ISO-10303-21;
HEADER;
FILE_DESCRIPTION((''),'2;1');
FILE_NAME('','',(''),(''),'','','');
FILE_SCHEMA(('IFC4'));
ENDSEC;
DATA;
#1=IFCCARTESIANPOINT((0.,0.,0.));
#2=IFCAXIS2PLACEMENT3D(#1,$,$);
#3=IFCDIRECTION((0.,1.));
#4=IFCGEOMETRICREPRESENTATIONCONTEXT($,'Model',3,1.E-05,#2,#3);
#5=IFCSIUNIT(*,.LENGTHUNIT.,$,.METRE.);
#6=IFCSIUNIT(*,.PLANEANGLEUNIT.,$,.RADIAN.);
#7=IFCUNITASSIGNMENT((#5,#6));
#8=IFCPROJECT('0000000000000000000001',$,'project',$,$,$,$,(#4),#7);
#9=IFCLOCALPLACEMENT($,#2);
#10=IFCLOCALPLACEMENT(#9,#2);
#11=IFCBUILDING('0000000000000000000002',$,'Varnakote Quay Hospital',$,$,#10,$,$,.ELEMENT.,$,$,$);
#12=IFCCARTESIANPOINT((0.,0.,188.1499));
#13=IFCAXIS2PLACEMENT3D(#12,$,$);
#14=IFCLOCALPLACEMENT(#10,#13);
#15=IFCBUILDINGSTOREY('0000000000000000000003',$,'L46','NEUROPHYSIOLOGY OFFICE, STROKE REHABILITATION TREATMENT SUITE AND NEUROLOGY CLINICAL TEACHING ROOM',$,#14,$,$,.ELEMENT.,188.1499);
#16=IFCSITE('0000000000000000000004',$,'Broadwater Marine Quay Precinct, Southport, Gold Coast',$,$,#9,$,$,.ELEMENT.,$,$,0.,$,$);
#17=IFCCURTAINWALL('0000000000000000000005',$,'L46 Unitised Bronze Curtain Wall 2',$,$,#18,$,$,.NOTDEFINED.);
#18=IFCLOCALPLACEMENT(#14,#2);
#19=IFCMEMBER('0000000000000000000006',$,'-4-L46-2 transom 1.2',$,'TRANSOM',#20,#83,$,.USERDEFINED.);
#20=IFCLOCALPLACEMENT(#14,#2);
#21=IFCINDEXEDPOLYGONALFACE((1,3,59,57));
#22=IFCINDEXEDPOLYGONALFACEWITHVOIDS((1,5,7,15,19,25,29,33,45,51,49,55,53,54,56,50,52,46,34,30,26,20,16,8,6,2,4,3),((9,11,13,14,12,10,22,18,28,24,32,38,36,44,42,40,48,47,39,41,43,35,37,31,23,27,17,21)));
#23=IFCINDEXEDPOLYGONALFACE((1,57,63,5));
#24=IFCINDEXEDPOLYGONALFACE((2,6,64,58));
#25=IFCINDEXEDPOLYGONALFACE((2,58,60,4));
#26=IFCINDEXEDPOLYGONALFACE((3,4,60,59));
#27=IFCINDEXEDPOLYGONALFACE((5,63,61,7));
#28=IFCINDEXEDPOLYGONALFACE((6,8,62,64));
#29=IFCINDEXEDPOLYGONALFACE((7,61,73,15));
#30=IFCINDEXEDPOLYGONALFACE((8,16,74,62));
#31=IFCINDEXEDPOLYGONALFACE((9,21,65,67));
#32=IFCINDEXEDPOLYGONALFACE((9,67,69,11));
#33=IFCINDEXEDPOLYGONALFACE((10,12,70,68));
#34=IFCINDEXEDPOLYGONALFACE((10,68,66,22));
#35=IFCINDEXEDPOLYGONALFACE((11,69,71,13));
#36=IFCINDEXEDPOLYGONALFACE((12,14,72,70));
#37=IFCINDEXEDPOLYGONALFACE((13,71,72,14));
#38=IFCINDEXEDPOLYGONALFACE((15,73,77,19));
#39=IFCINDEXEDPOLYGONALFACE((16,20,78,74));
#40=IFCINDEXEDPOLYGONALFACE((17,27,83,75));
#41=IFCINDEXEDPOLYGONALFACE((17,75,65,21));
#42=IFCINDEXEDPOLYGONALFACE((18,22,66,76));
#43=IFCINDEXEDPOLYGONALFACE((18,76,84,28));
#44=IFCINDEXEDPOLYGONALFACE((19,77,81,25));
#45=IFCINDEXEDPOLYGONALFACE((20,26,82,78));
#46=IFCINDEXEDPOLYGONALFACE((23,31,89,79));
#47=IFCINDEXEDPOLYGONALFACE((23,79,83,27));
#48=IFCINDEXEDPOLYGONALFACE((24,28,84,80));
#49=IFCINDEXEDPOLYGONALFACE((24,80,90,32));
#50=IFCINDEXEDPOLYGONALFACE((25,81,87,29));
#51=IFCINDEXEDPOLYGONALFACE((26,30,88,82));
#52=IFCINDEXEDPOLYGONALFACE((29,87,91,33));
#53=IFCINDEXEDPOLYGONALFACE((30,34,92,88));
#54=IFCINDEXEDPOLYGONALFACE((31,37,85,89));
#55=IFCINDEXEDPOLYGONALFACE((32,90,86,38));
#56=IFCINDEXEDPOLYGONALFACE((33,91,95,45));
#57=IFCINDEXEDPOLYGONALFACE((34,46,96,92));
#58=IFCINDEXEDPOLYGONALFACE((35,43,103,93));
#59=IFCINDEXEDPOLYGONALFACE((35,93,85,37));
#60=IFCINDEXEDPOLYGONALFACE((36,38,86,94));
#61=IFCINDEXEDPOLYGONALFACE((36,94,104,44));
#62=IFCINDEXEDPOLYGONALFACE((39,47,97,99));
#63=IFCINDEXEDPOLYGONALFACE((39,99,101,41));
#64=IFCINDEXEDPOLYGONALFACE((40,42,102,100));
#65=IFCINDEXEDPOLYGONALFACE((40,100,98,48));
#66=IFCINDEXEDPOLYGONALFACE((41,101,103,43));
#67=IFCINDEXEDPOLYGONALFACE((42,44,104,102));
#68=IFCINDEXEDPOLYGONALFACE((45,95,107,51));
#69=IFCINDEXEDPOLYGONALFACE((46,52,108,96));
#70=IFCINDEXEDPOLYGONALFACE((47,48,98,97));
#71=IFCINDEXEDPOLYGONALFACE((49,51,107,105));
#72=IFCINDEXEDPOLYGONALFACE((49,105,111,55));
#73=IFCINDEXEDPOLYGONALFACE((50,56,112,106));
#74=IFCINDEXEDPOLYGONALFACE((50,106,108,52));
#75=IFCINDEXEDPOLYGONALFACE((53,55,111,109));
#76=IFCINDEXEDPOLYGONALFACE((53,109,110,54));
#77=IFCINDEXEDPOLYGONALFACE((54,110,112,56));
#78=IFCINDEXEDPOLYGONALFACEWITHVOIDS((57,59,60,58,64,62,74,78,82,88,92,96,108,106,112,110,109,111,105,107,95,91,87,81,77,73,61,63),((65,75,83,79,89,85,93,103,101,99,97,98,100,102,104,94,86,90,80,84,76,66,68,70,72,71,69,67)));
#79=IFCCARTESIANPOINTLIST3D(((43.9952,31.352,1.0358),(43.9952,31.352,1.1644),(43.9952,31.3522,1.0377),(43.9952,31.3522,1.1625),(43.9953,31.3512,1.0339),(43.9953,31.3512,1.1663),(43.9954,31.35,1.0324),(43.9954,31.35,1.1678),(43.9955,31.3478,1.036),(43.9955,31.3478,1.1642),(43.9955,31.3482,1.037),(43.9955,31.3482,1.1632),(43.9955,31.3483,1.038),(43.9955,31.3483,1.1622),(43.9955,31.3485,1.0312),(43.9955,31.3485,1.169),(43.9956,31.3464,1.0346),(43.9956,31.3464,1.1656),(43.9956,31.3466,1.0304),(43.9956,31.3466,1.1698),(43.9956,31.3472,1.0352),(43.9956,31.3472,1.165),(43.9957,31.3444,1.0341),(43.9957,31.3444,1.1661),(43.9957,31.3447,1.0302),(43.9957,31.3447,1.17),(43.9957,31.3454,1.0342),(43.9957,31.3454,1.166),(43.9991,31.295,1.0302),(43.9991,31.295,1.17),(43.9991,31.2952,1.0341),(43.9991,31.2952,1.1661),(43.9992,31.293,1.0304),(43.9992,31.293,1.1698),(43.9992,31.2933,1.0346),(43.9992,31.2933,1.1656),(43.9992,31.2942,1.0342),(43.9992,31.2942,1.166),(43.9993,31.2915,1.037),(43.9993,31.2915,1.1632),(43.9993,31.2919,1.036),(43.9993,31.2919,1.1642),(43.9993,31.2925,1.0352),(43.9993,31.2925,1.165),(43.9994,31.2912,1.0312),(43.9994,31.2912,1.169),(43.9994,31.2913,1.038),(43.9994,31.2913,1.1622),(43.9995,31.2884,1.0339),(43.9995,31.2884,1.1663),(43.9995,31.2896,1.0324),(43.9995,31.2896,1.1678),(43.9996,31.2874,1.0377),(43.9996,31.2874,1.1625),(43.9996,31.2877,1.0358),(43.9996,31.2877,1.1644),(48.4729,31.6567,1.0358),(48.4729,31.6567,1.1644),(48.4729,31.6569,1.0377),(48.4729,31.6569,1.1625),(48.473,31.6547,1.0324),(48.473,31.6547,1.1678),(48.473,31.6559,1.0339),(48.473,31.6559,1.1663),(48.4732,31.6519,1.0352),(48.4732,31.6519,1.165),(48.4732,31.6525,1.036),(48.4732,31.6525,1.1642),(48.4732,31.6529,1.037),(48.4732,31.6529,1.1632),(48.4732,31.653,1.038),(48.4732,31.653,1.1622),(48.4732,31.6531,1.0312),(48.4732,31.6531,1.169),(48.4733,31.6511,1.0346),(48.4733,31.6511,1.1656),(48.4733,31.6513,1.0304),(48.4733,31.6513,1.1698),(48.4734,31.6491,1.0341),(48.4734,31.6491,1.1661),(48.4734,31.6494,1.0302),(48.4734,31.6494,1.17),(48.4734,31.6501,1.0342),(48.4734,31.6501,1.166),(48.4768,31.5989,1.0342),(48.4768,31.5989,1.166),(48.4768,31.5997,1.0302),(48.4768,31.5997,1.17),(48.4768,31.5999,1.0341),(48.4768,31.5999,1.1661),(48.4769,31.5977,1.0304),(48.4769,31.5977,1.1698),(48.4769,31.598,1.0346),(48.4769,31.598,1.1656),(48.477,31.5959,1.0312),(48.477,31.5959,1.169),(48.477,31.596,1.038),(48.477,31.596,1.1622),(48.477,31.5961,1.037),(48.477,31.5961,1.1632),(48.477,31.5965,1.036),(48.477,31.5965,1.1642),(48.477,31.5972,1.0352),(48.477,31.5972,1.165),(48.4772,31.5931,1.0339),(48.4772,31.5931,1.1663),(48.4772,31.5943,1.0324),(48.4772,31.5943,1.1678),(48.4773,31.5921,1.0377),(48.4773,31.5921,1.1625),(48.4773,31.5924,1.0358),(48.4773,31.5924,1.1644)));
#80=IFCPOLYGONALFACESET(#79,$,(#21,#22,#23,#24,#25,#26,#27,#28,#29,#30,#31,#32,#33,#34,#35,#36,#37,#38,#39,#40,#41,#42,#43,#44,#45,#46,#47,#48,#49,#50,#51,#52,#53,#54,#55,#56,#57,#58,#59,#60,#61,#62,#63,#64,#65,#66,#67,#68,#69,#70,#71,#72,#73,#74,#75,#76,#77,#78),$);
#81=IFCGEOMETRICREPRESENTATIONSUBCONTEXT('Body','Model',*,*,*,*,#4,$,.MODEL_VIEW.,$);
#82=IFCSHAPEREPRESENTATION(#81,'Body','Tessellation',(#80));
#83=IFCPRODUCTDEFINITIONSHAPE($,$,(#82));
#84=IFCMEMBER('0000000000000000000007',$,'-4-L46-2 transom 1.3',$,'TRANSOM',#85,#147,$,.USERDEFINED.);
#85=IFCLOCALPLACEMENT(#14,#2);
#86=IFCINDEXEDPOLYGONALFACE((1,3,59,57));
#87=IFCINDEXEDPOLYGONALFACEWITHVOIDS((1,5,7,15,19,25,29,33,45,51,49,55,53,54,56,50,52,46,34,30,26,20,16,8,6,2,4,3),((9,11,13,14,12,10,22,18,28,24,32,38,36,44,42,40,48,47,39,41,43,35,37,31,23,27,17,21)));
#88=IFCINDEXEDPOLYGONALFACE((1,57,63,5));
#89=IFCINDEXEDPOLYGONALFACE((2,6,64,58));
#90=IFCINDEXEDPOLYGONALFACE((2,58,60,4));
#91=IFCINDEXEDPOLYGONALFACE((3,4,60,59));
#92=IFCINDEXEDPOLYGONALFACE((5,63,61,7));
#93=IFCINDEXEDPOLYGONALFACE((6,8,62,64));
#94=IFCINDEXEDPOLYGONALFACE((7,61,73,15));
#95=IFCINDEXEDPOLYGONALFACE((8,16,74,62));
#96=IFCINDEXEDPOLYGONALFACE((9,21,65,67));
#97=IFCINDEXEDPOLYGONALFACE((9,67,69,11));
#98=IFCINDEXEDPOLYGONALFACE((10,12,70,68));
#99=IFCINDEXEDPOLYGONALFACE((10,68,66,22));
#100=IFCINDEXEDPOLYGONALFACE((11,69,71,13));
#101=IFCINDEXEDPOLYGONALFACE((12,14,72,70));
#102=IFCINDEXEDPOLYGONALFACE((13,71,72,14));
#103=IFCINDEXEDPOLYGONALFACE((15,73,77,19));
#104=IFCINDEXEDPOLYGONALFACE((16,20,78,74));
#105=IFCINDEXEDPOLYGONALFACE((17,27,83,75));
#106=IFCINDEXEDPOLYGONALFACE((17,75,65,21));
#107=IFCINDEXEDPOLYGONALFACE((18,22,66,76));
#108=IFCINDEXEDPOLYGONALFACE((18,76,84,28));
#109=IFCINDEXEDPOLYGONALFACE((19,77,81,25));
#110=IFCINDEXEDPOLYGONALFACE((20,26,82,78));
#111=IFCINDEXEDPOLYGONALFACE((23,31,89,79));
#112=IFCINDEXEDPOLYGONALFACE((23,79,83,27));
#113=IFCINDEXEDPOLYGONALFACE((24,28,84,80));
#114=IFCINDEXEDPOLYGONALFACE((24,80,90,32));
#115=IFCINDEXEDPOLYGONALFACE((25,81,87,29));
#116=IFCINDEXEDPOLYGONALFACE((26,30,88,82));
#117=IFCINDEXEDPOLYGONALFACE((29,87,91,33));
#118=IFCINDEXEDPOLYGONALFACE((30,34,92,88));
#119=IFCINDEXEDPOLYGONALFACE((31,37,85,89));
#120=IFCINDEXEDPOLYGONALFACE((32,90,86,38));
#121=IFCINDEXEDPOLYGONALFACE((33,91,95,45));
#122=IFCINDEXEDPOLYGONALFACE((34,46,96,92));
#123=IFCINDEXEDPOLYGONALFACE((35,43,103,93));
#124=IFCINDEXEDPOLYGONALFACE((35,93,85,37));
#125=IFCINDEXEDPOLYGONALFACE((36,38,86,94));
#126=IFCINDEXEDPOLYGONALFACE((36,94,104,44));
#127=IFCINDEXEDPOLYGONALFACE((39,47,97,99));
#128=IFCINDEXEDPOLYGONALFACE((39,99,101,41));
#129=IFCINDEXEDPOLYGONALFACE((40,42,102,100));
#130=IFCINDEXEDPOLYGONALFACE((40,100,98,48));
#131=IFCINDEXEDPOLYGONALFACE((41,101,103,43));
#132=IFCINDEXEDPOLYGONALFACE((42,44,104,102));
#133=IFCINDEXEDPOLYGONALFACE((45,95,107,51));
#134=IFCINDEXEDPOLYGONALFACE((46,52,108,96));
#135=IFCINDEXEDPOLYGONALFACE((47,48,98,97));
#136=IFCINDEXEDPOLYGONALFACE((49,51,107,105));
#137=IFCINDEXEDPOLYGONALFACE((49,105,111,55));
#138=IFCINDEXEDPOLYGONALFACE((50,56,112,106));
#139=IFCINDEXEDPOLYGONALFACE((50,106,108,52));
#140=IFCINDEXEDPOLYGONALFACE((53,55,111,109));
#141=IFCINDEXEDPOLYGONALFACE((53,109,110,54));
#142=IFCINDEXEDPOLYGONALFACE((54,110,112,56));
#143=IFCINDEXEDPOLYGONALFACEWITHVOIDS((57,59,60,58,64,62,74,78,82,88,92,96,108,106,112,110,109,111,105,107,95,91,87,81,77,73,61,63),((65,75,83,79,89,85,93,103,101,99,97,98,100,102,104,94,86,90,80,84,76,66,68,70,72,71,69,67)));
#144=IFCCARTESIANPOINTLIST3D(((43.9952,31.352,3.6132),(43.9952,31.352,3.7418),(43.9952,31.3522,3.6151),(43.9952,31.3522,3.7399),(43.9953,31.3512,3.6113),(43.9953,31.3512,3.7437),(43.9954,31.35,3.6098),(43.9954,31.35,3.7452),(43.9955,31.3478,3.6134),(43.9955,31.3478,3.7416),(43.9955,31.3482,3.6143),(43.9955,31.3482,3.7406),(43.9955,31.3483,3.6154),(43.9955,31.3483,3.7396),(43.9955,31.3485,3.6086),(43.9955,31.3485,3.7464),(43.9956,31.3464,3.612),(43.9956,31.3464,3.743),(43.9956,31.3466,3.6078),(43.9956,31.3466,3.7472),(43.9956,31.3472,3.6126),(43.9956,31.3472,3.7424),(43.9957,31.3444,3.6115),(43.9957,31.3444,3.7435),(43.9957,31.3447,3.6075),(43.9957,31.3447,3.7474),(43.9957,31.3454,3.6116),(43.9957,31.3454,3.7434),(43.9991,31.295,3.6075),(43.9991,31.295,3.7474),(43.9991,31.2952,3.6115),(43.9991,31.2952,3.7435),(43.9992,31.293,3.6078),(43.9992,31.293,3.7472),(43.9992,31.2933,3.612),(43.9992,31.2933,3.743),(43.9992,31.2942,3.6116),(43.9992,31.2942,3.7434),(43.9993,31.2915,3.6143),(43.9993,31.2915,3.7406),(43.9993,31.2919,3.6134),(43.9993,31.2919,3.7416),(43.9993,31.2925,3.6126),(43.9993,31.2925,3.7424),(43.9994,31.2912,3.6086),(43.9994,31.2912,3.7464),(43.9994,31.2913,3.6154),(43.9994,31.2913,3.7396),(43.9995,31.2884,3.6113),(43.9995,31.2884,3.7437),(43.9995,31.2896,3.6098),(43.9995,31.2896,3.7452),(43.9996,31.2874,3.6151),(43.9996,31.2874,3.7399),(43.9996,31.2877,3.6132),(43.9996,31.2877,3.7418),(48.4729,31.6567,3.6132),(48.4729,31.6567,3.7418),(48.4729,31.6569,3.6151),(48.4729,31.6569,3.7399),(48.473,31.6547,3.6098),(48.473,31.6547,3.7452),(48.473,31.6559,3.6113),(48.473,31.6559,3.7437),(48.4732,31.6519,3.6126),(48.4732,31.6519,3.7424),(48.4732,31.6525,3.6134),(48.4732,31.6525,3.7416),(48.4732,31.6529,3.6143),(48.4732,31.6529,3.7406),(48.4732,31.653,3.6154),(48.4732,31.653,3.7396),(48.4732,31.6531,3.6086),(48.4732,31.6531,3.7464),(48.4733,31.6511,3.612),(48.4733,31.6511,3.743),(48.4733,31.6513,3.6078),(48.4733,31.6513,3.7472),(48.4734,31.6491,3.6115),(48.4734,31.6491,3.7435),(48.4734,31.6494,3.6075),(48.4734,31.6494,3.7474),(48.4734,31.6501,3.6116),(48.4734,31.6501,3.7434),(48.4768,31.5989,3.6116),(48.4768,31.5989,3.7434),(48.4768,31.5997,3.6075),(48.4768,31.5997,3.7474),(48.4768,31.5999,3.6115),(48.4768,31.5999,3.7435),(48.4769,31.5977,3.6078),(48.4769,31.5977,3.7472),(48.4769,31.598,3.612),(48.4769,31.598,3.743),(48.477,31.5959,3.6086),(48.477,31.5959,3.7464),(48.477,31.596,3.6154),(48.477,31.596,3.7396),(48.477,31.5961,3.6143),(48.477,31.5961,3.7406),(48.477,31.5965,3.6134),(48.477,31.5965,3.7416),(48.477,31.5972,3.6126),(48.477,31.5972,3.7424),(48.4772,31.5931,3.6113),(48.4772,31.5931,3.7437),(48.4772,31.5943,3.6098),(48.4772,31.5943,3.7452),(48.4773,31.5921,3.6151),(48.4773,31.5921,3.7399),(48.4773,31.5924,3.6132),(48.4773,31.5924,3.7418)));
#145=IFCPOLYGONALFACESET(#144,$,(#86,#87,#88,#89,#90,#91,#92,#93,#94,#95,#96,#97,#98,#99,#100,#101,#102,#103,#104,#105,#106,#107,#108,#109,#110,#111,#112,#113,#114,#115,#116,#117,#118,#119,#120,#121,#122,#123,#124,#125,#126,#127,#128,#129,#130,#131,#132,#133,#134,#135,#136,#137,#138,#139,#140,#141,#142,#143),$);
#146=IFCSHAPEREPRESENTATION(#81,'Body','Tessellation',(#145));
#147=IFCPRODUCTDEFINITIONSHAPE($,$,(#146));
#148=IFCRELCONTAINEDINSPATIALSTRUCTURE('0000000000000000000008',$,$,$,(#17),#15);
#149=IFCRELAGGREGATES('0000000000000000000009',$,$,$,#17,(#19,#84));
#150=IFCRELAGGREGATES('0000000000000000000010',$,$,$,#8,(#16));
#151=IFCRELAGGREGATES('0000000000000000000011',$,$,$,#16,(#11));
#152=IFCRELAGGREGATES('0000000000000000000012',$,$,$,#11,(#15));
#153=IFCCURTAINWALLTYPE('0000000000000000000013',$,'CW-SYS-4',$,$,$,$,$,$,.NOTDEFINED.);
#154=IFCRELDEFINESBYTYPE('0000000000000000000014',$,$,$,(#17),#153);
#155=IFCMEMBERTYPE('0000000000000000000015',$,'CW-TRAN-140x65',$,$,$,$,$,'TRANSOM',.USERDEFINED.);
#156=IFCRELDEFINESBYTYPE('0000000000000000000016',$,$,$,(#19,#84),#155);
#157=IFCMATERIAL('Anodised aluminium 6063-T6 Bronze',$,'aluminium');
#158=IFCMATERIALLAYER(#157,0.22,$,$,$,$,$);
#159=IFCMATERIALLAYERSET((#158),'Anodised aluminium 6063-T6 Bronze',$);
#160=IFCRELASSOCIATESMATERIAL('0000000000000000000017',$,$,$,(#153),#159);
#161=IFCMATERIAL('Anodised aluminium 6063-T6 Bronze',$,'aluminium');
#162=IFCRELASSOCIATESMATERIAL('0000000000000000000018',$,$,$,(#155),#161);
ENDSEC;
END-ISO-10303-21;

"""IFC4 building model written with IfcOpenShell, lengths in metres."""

from ifc_helpers import new_model, si_unit, direction, frame, origin, origin_2d, place, context, subcontext, project, spatial, hollow_rectangle, extrude, material, layer, layer_set, material_profile, profile_set, type_object, element, aggregate, save


model = new_model("IFC4")

# Units and contexts
model_context = context("Model", 3, precision=1e-05, world=origin(), true_north=direction((0.0, 1.0)))
body_context = subcontext(model_context, "Body", "Model", "MODEL_VIEW")
ifc_project = project(units=[si_unit("LENGTHUNIT", "METRE"), si_unit("PLANEANGLEUNIT", "RADIAN")], contexts=[model_context])

# Site, building, storey
site_placement = place(None, origin())
site = spatial("IfcSite", under=ifc_project, at=site_placement, Name="Broadwater Marine Quay Precinct, Southport, Gold Coast", CompositionType="ELEMENT", RefElevation=0.0)
building_placement = place(site_placement, origin())
building = spatial("IfcBuilding", under=site, at=building_placement, Name="Varnakote Quay Hospital", CompositionType="ELEMENT")
storey_placement = place(building_placement, frame((0.0, 0.0, 188.1499)))
storey = spatial("IfcBuildingStorey", under=building, at=storey_placement, Name="L46", Description="NEUROPHYSIOLOGY OFFICE, STROKE REHABILITATION TREATMENT SUITE AND NEUROLOGY CLINICAL TEACHING ROOM", CompositionType="ELEMENT", Elevation=188.1499)

# Shared definitions
ifc_material_1 = material(Name="Anodised aluminium 6063-T6 Bronze", Category="aluminium")
ifc_layer_1 = layer(ifc_material_1, 0.22)
ifc_layer_set_1 = layer_set([ifc_layer_1], Name="Anodised aluminium 6063-T6 Bronze")
curtain_wall_type = type_object("IfcCurtainWallType", Name="CW-SYS-4", PredefinedType="NOTDEFINED", material=ifc_layer_set_1)

# Curtain wall, members
curtain_wall_1_placement = place(storey_placement, origin())
curtain_wall_1 = element("IfcCurtainWall", 1, at=curtain_wall_1_placement, inside=storey, type_object=curtain_wall_type, Name="L46 Unitised Bronze Curtain Wall 2", PredefinedType="NOTDEFINED")
ifc_material_2 = material(Name="Anodised aluminium 6063-T6 Bronze", Category="aluminium")
ifc_material_profile_1 = material_profile(ifc_material_2, hollow_rectangle(XDim=0.0649, YDim=0.1399, WallThickness=0.0039, InnerFilletRadius=0.0039, OuterFilletRadius=0.0076, at=origin_2d()), Name="CW-TRAN-140x65")
ifc_profile_set_1 = profile_set([ifc_material_profile_1], Name="Anodised aluminium 6063-T6 Bronze")
member_type_1 = type_object("IfcMemberType", Name="CW-TRAN-140x65", ElementType="TRANSOM", PredefinedType="USERDEFINED", material=ifc_profile_set_1)
member_1_placement = place(storey_placement, frame((48.4751, 31.6245, 1.1001), z_axis=(-0.997693, -0.067887, 0.0), x_axis=(0.067887, -0.997693, 0.0)))
member_1 = element("IfcMember", 2, at=member_1_placement, type_object=member_type_1, Name="-4-L46-2 transom 1.2", ObjectType="TRANSOM", PredefinedType="USERDEFINED", context=body_context, shape_type="SweptSolid", body=[
    extrude(hollow_rectangle(XDim=0.0649, YDim=0.1399, WallThickness=0.0039, InnerFilletRadius=0.0039, OuterFilletRadius=0.0076, at=origin_2d()), origin(), (0.0, 0.0, 1.0), 4.488),
])
member_2_placement = place(storey_placement, frame((48.4751, 31.6245, 3.6775), z_axis=(-0.997693, -0.067887, 0.0), x_axis=(0.067887, -0.997693, 0.0)))
member_2 = element("IfcMember", 3, at=member_2_placement, type_object=member_type_1, Name="-4-L46-2 transom 1.3", ObjectType="TRANSOM", PredefinedType="USERDEFINED", context=body_context, shape_type="SweptSolid", body=[
    extrude(hollow_rectangle(XDim=0.0649, YDim=0.1399, WallThickness=0.0039, InnerFilletRadius=0.0039, OuterFilletRadius=0.0076, at=origin_2d()), origin(), (0.0, 0.0, 1.0), 4.488),
])
aggregate(curtain_wall_1, [member_1, member_2])

save(model, "model.ifc")
